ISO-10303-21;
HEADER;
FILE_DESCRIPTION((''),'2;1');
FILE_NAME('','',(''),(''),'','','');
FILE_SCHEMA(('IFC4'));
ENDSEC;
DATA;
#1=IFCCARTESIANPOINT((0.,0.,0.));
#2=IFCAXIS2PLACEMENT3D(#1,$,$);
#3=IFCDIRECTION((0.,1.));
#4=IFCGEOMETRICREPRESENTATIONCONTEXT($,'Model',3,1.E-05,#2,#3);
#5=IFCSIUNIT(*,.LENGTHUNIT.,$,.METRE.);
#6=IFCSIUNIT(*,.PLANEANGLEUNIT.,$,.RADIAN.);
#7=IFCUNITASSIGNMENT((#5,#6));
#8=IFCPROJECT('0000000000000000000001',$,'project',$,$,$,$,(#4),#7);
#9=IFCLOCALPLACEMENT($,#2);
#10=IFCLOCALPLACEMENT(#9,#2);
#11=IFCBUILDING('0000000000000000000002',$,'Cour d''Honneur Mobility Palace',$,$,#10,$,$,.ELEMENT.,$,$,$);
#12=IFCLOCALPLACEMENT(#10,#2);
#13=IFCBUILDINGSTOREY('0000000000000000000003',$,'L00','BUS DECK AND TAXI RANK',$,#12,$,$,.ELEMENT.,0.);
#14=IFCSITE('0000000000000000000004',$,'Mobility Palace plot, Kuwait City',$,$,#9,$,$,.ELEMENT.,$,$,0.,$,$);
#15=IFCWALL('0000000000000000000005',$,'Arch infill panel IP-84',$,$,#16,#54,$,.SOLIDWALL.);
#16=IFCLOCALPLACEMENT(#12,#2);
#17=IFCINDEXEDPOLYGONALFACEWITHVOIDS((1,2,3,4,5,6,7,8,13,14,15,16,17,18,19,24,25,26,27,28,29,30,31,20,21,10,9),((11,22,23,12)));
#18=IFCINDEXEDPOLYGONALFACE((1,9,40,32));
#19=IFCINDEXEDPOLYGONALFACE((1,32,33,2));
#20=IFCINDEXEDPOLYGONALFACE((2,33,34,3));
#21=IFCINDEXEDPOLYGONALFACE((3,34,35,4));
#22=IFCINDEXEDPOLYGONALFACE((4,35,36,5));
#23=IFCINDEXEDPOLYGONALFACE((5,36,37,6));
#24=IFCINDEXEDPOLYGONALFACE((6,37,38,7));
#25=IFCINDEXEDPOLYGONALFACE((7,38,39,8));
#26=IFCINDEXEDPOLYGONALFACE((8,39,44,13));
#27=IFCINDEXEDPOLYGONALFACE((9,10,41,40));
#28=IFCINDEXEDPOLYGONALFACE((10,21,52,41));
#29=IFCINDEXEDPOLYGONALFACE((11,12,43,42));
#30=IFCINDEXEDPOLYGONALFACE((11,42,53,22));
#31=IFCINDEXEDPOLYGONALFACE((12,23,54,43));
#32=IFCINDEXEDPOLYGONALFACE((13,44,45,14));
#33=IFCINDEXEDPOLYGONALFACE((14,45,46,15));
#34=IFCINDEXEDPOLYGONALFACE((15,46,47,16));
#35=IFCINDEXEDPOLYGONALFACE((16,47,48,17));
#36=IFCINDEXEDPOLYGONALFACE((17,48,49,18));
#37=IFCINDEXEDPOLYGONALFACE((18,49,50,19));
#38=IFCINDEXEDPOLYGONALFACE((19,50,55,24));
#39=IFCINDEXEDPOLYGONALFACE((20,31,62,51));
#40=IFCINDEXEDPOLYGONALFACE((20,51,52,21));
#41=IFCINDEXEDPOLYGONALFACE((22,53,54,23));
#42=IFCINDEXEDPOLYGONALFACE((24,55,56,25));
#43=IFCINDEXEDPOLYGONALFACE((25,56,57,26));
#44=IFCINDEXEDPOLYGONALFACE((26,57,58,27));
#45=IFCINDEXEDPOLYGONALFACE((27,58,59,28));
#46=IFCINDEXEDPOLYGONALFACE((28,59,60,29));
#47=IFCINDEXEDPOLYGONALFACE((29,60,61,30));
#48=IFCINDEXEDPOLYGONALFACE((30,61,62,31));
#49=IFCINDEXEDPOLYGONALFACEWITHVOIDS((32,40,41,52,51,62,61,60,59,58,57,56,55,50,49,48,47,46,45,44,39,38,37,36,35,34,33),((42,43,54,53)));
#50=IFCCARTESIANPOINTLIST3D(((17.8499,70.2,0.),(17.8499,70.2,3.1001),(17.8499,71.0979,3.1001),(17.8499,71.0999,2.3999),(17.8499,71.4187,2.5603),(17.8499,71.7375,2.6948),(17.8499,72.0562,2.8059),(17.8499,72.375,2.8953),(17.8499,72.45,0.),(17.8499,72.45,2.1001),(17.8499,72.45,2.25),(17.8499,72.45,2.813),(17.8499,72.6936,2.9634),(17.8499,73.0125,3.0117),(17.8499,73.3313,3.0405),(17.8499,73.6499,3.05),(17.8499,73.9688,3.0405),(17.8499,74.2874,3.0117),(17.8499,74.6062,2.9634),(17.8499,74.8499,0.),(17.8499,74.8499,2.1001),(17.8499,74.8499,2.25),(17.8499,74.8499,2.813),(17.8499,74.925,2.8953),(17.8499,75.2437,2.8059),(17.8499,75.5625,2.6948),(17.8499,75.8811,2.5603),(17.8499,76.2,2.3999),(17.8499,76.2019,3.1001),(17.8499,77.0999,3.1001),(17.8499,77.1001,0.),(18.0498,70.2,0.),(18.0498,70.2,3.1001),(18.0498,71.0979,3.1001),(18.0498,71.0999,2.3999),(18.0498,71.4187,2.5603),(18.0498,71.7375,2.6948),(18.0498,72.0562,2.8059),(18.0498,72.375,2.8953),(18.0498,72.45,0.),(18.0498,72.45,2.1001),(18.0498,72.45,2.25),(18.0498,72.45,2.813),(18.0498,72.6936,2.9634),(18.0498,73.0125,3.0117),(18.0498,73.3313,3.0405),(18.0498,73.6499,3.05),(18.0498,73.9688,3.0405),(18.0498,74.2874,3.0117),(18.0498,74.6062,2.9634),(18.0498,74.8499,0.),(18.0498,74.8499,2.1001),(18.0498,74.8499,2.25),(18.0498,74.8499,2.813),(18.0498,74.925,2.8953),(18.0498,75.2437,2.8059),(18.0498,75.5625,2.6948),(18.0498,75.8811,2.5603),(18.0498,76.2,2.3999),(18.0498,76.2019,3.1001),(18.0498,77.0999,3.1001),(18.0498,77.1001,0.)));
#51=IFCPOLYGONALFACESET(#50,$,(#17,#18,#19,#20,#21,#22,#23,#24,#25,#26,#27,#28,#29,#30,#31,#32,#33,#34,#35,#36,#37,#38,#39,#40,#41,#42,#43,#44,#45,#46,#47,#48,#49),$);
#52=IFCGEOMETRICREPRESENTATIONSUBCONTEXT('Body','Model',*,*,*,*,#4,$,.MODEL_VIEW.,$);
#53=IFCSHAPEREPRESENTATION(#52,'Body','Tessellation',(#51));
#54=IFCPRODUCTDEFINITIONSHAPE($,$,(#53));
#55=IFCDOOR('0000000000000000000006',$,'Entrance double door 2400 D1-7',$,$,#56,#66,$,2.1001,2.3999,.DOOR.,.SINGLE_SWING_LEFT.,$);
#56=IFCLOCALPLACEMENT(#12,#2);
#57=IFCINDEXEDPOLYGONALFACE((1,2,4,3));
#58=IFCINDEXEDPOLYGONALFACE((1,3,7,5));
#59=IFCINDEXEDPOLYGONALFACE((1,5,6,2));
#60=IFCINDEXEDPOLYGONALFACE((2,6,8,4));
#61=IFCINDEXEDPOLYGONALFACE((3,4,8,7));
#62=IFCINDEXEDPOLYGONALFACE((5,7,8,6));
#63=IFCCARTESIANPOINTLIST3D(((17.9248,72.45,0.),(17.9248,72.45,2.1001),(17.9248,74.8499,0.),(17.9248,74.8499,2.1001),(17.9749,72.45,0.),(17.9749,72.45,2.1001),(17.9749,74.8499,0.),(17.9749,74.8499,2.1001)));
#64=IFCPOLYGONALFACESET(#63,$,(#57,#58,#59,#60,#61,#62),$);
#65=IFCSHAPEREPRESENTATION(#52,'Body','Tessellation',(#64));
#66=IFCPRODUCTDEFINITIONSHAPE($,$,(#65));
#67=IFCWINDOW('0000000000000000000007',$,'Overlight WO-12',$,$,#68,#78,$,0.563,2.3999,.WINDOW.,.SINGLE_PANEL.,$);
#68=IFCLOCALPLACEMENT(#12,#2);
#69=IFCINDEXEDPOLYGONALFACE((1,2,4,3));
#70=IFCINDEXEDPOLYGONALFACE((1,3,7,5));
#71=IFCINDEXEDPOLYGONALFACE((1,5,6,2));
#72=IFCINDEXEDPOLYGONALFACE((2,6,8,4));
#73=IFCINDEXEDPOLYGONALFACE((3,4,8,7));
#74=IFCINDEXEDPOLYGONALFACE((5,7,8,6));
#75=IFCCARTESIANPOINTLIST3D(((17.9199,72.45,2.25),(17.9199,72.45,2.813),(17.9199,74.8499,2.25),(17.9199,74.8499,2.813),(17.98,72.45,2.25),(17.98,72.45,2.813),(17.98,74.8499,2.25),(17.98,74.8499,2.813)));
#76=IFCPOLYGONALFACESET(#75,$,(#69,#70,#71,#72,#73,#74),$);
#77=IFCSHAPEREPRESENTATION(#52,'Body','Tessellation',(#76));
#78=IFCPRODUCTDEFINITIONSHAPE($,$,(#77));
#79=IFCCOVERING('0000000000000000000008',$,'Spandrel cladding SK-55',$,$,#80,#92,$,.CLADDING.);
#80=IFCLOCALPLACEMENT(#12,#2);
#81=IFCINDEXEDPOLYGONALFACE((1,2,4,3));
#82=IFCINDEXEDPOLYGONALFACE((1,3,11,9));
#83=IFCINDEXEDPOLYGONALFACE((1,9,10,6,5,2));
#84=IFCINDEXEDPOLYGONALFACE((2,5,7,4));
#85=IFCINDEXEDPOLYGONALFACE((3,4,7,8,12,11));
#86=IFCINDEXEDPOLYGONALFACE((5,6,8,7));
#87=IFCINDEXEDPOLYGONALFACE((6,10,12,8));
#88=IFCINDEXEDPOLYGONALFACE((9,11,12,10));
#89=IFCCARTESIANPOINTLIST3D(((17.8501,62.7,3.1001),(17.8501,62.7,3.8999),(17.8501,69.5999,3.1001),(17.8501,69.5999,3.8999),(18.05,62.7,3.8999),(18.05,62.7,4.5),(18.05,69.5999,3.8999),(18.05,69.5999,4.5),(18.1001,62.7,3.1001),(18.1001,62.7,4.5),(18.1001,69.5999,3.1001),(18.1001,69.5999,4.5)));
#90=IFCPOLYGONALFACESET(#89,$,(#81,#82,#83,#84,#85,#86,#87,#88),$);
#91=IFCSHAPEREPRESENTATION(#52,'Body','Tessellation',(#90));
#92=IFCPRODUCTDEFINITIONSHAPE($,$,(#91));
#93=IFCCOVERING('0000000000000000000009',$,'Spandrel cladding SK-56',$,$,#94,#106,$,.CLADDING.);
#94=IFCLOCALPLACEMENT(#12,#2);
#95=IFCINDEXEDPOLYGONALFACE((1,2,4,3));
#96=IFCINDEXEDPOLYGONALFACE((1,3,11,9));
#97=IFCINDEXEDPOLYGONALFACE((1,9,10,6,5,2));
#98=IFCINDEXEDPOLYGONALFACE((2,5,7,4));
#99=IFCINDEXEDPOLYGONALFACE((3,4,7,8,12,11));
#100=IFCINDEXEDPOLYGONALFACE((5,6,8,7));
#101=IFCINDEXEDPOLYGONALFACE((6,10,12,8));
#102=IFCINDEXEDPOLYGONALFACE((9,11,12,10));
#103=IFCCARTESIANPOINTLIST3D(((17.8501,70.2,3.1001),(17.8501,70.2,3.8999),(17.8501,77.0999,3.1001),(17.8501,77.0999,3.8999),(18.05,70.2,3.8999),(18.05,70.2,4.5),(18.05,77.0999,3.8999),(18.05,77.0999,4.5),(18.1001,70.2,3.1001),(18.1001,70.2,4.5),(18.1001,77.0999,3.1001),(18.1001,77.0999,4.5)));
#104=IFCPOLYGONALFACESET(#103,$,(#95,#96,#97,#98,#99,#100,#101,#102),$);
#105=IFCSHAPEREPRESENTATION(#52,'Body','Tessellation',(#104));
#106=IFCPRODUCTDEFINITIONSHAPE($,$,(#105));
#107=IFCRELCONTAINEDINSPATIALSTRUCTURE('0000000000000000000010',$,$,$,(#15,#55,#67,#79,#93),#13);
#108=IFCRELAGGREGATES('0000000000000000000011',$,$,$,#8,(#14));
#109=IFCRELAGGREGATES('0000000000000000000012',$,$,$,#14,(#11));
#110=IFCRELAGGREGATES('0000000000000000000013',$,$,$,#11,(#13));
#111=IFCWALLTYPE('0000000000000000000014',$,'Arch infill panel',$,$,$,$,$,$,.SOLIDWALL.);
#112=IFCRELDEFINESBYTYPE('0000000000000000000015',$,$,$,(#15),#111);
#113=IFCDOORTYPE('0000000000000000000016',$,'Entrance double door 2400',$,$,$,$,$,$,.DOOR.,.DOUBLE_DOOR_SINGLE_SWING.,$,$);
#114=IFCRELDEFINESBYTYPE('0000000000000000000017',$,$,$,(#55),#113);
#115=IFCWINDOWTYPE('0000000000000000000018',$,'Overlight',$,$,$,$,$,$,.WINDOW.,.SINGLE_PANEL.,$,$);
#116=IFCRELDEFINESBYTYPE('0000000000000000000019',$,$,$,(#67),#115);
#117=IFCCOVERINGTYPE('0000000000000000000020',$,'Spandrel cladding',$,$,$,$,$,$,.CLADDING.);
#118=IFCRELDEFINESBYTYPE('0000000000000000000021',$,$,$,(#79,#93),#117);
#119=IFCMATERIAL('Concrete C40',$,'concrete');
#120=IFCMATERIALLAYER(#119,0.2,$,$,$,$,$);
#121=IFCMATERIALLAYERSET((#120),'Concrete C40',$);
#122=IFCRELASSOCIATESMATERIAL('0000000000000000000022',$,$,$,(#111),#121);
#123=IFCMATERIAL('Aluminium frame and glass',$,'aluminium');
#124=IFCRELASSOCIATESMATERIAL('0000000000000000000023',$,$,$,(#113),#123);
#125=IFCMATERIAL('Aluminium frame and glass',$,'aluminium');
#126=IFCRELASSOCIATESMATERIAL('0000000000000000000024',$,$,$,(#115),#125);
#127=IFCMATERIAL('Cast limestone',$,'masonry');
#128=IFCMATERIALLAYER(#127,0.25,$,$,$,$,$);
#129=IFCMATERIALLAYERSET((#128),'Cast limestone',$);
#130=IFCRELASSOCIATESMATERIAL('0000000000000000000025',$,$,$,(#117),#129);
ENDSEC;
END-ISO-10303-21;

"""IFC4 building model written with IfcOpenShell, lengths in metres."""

from ifc_helpers import new_model, si_unit, direction, frame, frame_2d, origin, place, context, subcontext, project, spatial, polyline, rectangle, outline, extrude, material, layer, layer_set, type_object, element, fill, save


model = new_model("IFC4")

# Units and contexts
model_context = context("Model", 3, precision=1e-05, world=origin(), true_north=direction((0.0, 1.0)))
body_context = subcontext(model_context, "Body", "Model", "MODEL_VIEW")
ifc_project = project(units=[si_unit("LENGTHUNIT", "METRE"), si_unit("PLANEANGLEUNIT", "RADIAN")], contexts=[model_context])

# Site, building, storey
site_placement = place(None, origin())
site = spatial("IfcSite", under=ifc_project, at=site_placement, Name="Mobility Palace plot, Kuwait City", CompositionType="ELEMENT", RefElevation=0.0)
building_placement = place(site_placement, origin())
building = spatial("IfcBuilding", under=site, at=building_placement, Name="Cour d'Honneur Mobility Palace", CompositionType="ELEMENT")
storey_placement = place(building_placement, origin())
storey = spatial("IfcBuildingStorey", under=building, at=storey_placement, Name="L00", Description="BUS DECK AND TAXI RANK", CompositionType="ELEMENT", Elevation=0.0)

# Shared definitions
ifc_material_1 = material(Name="Concrete C40", Category="concrete")
ifc_layer_1 = layer(ifc_material_1, 0.2)
ifc_layer_set_1 = layer_set([ifc_layer_1], Name="Concrete C40")
wall_type = type_object("IfcWallType", Name="Arch infill panel", PredefinedType="SOLIDWALL", material=ifc_layer_set_1)

# Wall, openings, door, window
wall_placement = place(storey_placement, frame((17.95, 70.2, 0.0), z_axis=(0.0, 0.0, 1.0), x_axis=(0.0, 1.0, 0.0)))
wall = element("IfcWall", 1, at=wall_placement, inside=storey, type_object=wall_type, Name="Arch infill panel IP-84", PredefinedType="SOLIDWALL", context=body_context, shape_type="SweptSolid", body=[
    extrude(outline(polyline([(0.0, 0.0), (6.9001, 0.0), (6.8999, 3.1001), (6.002, 3.1001), (6.0, 2.3999), (5.6812, 2.5603), (5.3625, 2.6948), (5.0437, 2.8059), (4.7251, 2.8953), (4.4062, 2.9634), (4.0874, 3.0117), (3.7688, 3.0405), (3.45, 3.05), (3.1313, 3.0405), (2.8125, 3.0117), (2.4937, 2.9634), (2.175, 2.8953), (1.8562, 2.8059), (1.5376, 2.6948), (1.2188, 2.5603), (0.8999, 2.3999), (0.8979, 3.1001), (0.0, 3.1001), (0.0, 0.0)])), frame((0.0, 0.1001, 0.0), z_axis=(0.0, -1.0, 0.0), x_axis=(1.0, 0.0, 0.0)), (0.0, 0.0, 1.0), 0.2),
])
opening_1_placement = place(wall_placement, frame((2.25, 0.0, 0.0)))
opening_1 = element("IfcOpeningElement", 2, at=opening_1_placement, cuts=wall, PredefinedType="OPENING", context=body_context, shape_type="SweptSolid", body=[
    extrude(rectangle(XDim=2.3999, YDim=2.1001, at=frame_2d((1.2, 1.05))), frame((0.0, 0.1099, 0.0), z_axis=(0.0, -1.0, 0.0), x_axis=(1.0, 0.0, 0.0)), (0.0, 0.0, 1.0), 0.22),
])
opening_2_placement = place(wall_placement, frame((2.25, 0.0, 2.25)))
opening_2 = element("IfcOpeningElement", 3, at=opening_2_placement, cuts=wall, PredefinedType="OPENING", context=body_context, shape_type="SweptSolid", body=[
    extrude(rectangle(XDim=2.3999, YDim=0.563, at=frame_2d((1.2, 0.2815))), frame((0.0, 0.1099, 0.0), z_axis=(0.0, -1.0, 0.0), x_axis=(1.0, 0.0, 0.0)), (0.0, 0.0, 1.0), 0.22),
])
ifc_material_2 = material(Name="Aluminium frame and glass", Category="aluminium")
door_type = type_object("IfcDoorType", Name="Entrance double door 2400", OperationType="DOUBLE_DOOR_SINGLE_SWING", PredefinedType="DOOR", material=ifc_material_2)
door_placement = place(opening_1_placement, frame((2.3999, 0.0, 0.0), z_axis=(0.0, 0.0, 1.0), x_axis=(-1.0, 0.0, 0.0)))
door = element("IfcDoor", 4, at=door_placement, inside=storey, type_object=door_type, Name="Entrance double door 2400 D1-7", OperationType="SINGLE_SWING_LEFT", OverallHeight=2.1001, OverallWidth=2.3999, PredefinedType="DOOR", context=body_context, shape_type="SweptSolid", body=[
    extrude(rectangle(XDim=2.3999, YDim=2.1001, at=frame_2d((1.2, 1.05))), frame((0.0, 0.0249, 0.0), z_axis=(0.0, -1.0, 0.0), x_axis=(1.0, 0.0, 0.0)), (0.0, 0.0, 1.0), 0.05),
])
fill(opening_1, door)
ifc_material_3 = material(Name="Aluminium frame and glass", Category="aluminium")
window_type = type_object("IfcWindowType", Name="Overlight", PartitioningType="SINGLE_PANEL", PredefinedType="WINDOW", material=ifc_material_3)
window_placement = place(opening_2_placement, origin())
window = element("IfcWindow", 5, at=window_placement, inside=storey, type_object=window_type, Name="Overlight WO-12", OverallHeight=0.563, OverallWidth=2.3999, PartitioningType="SINGLE_PANEL", PredefinedType="WINDOW", context=body_context, shape_type="SweptSolid", body=[
    extrude(rectangle(XDim=2.3999, YDim=0.563, at=frame_2d((1.2, 0.2815))), frame((0.0, 0.03, 0.0), z_axis=(0.0, -1.0, 0.0), x_axis=(1.0, 0.0, 0.0)), (0.0, 0.0, 1.0), 0.0601),
])
fill(opening_2, window)

# Coverings
ifc_material_4 = material(Name="Cast limestone", Category="masonry")
ifc_layer_2 = layer(ifc_material_4, 0.25)
ifc_layer_set_2 = layer_set([ifc_layer_2], Name="Cast limestone")
covering_type = type_object("IfcCoveringType", Name="Spandrel cladding", PredefinedType="CLADDING", material=ifc_layer_set_2)
for number, where, z_axis, x_axis, name in (
    (6, (17.8501, 62.7, 3.1001), (0.0, -1.0, 0.0), (1.0, 0.0, 0.0), "Spandrel cladding SK-55"),
    (7, (17.8501, 70.2, 3.1001), (0.0, -1.0, 0.0), (1.0, 0.0, 0.0), "Spandrel cladding SK-56"),
):
    element("IfcCovering", number, at=place(storey_placement, frame(where, z_axis=z_axis, x_axis=x_axis)), inside=storey, type_object=covering_type, Name=name, PredefinedType="CLADDING", context=body_context, shape_type="SweptSolid", body=[
        extrude(outline(polyline([(0.0, 0.0), (0.25, 0.0), (0.25, 1.3999), (0.2, 1.3999), (0.2, 0.7998), (0.0, 0.7998), (0.0, 0.0)])), origin(), (0.0, 0.0, -1.0), 6.8999),
    ])

save(model, "model.ifc")
